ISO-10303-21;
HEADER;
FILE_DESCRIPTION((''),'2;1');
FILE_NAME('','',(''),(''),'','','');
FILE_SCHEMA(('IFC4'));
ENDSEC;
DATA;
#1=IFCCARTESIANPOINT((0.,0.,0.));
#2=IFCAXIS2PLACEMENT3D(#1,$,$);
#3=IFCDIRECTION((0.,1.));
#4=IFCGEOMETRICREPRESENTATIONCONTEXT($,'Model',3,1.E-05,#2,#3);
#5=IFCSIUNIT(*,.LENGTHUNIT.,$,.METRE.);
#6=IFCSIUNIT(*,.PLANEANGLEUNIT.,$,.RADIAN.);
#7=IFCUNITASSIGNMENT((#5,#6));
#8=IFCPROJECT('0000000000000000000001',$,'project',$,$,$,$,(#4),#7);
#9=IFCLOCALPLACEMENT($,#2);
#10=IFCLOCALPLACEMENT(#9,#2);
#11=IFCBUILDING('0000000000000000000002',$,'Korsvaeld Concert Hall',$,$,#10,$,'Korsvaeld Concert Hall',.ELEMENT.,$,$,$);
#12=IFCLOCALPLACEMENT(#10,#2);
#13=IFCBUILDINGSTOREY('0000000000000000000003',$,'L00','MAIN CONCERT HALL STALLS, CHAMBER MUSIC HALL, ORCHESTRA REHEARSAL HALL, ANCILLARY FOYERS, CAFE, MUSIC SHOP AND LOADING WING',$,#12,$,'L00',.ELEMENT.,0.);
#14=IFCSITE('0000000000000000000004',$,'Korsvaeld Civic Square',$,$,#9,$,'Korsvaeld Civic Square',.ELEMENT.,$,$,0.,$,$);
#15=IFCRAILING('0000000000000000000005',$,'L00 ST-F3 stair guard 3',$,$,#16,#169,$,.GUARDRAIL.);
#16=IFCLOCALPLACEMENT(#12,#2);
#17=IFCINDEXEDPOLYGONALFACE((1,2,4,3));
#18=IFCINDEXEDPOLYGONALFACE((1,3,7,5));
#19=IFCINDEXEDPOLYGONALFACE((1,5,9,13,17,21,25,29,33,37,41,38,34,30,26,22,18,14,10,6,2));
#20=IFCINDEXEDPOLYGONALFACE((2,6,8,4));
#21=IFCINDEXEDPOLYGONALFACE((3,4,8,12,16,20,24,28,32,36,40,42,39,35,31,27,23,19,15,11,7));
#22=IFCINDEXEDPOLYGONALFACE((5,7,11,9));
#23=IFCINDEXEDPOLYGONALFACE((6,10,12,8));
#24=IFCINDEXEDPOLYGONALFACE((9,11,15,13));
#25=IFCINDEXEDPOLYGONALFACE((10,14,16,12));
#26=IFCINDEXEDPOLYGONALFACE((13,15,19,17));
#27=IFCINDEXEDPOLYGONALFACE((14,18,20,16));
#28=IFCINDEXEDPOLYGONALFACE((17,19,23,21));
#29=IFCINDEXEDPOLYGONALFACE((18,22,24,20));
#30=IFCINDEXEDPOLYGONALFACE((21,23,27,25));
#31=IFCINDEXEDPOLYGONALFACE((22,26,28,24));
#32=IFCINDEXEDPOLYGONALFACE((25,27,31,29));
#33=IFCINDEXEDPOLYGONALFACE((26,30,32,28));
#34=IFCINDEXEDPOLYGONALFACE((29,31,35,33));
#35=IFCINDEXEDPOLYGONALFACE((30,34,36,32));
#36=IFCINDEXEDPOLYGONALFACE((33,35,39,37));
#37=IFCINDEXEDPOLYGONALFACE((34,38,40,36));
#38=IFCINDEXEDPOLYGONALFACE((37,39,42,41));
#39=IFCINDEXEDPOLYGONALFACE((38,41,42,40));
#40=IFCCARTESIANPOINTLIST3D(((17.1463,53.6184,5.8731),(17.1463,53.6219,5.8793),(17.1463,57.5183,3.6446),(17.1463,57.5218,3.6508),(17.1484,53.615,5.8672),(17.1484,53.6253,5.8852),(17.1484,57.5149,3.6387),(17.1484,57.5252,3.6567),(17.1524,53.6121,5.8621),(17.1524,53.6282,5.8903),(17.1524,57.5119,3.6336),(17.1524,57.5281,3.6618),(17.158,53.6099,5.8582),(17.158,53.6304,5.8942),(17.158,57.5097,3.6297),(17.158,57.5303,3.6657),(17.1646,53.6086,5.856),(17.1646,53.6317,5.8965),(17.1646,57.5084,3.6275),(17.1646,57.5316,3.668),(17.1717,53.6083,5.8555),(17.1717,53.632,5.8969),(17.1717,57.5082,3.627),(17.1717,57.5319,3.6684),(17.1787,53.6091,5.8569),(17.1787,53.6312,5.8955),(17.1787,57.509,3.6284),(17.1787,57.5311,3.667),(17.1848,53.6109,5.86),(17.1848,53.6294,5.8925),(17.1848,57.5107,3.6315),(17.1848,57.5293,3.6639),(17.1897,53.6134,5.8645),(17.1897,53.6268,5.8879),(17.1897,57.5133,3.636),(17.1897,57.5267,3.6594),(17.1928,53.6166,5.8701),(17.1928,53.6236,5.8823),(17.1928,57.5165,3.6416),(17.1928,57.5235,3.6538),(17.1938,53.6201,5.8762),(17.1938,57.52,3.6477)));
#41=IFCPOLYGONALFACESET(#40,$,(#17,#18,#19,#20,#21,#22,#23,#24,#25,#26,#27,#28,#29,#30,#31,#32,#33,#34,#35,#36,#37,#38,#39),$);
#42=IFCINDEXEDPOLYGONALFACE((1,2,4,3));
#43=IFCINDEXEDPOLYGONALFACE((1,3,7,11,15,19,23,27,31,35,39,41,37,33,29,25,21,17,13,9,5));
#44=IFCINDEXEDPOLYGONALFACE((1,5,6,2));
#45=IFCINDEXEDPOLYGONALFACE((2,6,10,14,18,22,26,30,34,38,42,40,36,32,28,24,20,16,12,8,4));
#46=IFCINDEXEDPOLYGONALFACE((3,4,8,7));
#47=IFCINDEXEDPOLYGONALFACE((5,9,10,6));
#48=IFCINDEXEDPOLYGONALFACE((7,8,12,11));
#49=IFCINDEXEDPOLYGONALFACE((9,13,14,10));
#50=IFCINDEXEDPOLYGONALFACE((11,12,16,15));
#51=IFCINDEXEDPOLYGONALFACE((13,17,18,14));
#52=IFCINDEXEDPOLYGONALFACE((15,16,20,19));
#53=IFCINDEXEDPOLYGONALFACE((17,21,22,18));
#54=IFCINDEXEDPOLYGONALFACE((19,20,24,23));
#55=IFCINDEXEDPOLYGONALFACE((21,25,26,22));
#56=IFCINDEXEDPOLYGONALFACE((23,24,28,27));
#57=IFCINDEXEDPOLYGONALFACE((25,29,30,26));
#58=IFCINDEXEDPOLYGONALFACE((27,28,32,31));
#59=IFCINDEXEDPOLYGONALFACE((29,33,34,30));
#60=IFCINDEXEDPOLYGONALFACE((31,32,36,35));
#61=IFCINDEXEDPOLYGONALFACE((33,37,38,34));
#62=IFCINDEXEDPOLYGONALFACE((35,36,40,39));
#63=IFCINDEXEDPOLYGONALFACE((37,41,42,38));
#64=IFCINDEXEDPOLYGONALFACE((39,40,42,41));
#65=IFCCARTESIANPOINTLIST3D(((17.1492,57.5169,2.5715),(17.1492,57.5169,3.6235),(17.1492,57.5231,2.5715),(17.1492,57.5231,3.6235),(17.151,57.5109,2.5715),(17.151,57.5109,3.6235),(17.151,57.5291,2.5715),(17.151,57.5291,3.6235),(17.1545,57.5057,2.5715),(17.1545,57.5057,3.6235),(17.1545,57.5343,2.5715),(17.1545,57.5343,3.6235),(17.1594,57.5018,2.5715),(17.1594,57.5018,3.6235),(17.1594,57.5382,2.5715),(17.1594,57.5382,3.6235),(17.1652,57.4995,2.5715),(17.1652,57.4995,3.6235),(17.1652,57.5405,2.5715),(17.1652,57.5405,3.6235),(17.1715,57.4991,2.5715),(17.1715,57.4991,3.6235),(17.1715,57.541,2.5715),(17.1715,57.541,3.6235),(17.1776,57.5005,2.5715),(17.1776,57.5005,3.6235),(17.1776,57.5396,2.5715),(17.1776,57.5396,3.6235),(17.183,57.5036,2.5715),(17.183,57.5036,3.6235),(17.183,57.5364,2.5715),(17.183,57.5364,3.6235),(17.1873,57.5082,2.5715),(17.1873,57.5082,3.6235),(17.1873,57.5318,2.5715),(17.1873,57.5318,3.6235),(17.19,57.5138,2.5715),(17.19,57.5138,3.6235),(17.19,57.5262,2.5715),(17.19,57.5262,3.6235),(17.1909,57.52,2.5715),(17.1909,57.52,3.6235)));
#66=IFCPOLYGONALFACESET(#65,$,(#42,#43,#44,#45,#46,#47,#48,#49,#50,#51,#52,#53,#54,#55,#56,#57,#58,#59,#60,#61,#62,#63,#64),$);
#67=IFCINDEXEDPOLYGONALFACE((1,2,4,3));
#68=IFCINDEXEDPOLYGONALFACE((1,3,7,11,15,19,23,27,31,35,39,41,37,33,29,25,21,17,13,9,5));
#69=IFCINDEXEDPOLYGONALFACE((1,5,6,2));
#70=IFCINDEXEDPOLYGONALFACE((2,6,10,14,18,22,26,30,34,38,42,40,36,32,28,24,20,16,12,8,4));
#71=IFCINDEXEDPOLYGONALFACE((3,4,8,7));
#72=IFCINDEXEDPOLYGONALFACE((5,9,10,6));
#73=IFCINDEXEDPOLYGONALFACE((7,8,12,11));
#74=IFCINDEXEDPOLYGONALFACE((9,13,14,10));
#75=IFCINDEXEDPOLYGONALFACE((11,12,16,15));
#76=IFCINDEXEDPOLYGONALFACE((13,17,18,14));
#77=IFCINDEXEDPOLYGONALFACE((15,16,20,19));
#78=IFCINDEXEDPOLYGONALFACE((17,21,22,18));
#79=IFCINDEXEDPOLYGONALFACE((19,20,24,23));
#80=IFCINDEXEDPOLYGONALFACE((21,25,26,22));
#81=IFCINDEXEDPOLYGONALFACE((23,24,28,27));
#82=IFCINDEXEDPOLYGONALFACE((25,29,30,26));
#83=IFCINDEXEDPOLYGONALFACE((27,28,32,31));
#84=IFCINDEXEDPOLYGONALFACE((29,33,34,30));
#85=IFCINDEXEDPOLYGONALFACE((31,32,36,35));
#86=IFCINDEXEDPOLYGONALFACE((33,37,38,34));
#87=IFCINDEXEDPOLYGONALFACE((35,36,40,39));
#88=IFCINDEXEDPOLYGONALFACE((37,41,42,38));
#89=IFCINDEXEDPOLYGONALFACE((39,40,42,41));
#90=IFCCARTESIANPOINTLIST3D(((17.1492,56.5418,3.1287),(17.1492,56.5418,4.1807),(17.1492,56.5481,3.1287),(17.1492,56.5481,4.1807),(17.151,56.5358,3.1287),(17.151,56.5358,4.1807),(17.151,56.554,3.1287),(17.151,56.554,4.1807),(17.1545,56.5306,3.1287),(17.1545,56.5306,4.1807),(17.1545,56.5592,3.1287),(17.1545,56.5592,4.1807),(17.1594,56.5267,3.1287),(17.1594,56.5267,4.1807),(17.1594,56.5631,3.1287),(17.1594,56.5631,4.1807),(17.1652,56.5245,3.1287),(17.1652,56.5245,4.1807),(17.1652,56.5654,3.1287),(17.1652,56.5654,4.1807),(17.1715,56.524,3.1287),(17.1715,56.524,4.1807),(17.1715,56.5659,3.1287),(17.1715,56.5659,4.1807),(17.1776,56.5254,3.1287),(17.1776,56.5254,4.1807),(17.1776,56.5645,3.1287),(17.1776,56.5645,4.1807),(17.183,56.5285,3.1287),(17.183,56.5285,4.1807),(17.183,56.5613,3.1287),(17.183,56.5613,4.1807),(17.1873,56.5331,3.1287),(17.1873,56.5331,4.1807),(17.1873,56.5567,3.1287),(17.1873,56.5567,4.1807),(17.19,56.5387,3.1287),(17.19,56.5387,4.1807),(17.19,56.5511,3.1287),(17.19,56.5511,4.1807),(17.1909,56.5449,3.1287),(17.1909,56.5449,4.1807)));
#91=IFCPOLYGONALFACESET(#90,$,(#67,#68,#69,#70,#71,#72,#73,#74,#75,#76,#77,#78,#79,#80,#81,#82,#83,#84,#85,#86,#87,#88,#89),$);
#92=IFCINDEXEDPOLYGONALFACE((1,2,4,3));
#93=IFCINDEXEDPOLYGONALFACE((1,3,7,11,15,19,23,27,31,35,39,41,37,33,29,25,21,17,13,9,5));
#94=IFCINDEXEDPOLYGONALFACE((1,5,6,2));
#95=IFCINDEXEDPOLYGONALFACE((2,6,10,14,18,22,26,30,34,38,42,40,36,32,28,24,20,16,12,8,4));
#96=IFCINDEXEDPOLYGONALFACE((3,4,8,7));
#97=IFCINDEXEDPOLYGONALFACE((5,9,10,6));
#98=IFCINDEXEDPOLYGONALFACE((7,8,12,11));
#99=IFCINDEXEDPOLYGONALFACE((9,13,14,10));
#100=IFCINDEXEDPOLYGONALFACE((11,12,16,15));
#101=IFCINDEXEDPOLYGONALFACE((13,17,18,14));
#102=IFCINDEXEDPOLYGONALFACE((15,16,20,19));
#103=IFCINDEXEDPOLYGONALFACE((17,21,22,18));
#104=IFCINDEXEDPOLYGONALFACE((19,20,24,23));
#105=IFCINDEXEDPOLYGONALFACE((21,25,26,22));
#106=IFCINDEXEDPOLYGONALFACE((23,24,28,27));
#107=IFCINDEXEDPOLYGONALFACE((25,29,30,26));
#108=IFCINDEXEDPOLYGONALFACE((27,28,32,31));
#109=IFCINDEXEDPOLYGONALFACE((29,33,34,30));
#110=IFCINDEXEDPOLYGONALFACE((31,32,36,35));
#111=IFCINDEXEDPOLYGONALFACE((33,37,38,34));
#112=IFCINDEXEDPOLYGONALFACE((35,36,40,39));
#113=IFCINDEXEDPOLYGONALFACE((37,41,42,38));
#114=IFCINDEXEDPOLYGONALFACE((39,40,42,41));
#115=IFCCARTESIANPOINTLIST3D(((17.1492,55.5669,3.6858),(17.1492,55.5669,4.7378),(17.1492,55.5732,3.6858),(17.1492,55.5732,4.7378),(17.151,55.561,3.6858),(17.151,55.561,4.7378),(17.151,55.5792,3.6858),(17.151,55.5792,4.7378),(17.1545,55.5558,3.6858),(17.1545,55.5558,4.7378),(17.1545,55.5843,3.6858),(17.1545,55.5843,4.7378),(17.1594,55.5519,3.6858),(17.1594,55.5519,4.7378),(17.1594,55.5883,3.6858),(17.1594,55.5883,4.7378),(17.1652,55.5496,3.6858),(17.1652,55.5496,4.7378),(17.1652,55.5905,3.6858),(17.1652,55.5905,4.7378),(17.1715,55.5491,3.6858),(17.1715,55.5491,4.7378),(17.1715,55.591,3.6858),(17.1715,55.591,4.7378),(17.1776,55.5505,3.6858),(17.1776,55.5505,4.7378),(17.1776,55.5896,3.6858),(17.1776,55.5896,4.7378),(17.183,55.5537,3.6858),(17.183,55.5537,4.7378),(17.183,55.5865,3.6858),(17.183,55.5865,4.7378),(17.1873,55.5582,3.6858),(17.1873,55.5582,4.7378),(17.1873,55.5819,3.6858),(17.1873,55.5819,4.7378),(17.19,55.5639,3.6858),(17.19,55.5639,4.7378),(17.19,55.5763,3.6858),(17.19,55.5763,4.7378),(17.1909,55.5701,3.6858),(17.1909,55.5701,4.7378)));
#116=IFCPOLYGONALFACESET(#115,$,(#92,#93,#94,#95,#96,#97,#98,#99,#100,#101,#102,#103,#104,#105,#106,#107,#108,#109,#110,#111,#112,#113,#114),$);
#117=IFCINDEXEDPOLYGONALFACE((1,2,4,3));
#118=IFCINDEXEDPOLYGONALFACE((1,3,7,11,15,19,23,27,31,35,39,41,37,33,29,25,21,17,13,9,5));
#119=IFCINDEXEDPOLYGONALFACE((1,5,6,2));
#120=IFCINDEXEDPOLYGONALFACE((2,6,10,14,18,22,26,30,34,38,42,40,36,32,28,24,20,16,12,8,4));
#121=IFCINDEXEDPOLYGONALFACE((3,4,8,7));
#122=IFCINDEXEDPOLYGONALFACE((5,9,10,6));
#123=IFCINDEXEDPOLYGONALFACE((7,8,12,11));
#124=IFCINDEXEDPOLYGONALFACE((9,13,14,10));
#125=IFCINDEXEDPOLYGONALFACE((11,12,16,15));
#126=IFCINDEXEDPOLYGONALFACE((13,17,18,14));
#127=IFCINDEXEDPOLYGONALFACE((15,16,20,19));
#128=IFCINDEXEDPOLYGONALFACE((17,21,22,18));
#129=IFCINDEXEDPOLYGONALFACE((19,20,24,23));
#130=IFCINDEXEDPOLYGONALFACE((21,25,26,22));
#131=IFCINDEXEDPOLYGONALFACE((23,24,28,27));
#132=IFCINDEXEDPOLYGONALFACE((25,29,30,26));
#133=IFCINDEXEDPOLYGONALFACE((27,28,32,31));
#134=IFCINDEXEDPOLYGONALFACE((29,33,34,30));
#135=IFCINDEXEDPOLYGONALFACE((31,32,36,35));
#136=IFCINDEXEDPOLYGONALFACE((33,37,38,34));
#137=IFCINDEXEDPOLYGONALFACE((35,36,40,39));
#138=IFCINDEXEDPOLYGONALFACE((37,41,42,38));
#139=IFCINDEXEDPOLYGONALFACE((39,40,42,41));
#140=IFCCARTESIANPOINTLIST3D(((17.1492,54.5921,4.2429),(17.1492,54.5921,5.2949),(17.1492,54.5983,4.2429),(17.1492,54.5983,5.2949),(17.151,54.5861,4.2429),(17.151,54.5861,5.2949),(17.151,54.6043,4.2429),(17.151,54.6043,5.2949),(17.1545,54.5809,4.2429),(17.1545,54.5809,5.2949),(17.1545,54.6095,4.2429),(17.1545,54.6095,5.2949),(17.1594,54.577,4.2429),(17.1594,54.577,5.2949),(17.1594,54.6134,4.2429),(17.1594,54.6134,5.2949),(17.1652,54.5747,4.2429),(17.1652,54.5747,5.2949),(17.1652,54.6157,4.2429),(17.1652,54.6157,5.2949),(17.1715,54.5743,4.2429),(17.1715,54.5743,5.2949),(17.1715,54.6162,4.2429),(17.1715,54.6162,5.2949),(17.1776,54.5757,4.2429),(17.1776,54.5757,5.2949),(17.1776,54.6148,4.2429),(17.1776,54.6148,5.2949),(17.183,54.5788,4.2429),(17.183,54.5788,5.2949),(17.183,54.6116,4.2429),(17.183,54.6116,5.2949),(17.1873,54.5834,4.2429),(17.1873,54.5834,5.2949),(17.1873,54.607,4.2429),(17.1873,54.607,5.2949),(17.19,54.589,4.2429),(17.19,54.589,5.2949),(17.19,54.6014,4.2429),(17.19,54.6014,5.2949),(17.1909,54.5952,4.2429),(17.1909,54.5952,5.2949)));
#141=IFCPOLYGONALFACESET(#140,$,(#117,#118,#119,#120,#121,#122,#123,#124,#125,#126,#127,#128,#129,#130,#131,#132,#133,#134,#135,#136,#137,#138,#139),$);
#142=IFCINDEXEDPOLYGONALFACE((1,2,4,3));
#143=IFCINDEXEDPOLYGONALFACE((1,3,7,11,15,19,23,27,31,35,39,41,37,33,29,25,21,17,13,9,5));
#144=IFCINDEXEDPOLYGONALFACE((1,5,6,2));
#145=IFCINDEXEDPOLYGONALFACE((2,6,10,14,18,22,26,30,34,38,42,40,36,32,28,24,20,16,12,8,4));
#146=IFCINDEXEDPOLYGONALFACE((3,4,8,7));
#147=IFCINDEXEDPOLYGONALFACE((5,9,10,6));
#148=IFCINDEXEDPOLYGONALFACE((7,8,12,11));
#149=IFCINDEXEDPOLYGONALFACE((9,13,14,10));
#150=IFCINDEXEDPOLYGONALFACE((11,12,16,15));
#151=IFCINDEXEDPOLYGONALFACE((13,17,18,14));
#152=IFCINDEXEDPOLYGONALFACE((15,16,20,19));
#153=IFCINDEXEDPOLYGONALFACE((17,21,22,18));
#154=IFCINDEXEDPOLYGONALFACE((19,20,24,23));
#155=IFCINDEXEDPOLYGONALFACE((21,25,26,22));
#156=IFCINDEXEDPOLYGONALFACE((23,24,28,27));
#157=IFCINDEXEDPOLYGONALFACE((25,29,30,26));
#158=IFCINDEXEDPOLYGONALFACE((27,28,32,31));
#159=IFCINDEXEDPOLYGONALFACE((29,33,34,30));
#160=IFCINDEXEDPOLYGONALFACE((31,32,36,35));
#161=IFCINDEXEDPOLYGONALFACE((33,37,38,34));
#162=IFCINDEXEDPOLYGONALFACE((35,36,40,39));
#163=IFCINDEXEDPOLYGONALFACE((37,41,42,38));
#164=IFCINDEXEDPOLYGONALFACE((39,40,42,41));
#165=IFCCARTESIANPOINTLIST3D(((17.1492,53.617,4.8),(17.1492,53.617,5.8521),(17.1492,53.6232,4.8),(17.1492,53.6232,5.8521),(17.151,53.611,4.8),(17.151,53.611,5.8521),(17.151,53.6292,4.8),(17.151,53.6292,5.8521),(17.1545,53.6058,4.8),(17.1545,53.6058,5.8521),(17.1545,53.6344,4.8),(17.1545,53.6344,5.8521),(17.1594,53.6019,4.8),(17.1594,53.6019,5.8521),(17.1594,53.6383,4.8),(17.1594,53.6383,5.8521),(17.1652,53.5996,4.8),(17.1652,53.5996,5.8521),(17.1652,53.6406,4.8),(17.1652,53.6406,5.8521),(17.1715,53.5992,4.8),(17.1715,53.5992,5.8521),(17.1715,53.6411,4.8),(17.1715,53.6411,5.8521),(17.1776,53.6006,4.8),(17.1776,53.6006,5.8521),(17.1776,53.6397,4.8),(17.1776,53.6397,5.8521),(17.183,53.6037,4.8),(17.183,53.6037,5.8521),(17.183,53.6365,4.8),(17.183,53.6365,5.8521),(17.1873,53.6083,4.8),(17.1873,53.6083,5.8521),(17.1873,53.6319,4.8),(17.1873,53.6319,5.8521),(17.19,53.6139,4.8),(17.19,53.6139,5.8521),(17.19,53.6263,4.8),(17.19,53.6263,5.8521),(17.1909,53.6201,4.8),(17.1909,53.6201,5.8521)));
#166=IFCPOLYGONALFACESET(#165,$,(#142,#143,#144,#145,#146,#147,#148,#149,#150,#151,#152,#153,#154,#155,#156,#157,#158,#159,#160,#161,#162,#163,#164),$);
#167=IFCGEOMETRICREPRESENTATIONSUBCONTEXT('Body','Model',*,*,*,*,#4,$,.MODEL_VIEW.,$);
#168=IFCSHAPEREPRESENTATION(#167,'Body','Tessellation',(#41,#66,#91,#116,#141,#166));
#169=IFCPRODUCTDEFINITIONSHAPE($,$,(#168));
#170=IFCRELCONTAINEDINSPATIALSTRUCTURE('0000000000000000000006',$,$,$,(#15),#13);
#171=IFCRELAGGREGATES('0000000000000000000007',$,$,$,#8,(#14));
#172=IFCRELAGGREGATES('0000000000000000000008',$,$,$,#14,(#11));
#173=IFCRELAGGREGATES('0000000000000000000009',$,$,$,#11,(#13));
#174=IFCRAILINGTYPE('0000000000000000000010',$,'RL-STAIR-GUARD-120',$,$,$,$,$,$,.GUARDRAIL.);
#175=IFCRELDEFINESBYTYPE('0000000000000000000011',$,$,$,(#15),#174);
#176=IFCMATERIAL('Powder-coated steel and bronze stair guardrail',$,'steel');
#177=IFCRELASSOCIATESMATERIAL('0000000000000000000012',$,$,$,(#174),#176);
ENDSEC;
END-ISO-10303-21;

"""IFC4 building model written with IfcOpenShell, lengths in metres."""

from ifc_helpers import new_model, si_unit, direction, frame, origin, origin_2d, place, context, subcontext, project, spatial, circle, extrude, material, type_object, element, save


model = new_model("IFC4")

# Units and contexts
model_context = context("Model", 3, precision=1e-05, world=origin(), true_north=direction((0.0, 1.0)))
body_context = subcontext(model_context, "Body", "Model", "MODEL_VIEW")
ifc_project = project(units=[si_unit("LENGTHUNIT", "METRE"), si_unit("PLANEANGLEUNIT", "RADIAN")], contexts=[model_context])

# Site, building, storey
site_placement = place(None, origin())
site = spatial("IfcSite", under=ifc_project, at=site_placement, Name="Korsvaeld Civic Square", LongName="Korsvaeld Civic Square", CompositionType="ELEMENT", RefElevation=0.0)
building_placement = place(site_placement, origin())
building = spatial("IfcBuilding", under=site, at=building_placement, Name="Korsvaeld Concert Hall", LongName="Korsvaeld Concert Hall", CompositionType="ELEMENT")
storey_placement = place(building_placement, origin())
storey = spatial("IfcBuildingStorey", under=building, at=storey_placement, Name="L00", Description="MAIN CONCERT HALL STALLS, CHAMBER MUSIC HALL, ORCHESTRA REHEARSAL HALL, ANCILLARY FOYERS, CAFE, MUSIC SHOP AND LOADING WING", LongName="L00", CompositionType="ELEMENT", Elevation=0.0)

# Railing
ifc_material_1 = material(Name="Powder-coated steel and bronze stair guardrail", Category="steel")
railing_type_1 = type_object("IfcRailingType", Name="RL-STAIR-GUARD-120", PredefinedType="GUARDRAIL", material=ifc_material_1)
railing_1_placement = place(storey_placement, frame((17.1699, 57.52, 2.5715)))
element("IfcRailing", 1, at=railing_1_placement, inside=storey, type_object=railing_type_1, Name="L00 ST-F3 stair guard 3", PredefinedType="GUARDRAIL", context=body_context, shape_type="SweptSolid", body=[
    extrude(circle(Radius=0.0239, at=origin_2d()), frame((0.0, 0.0, 1.0762), z_axis=(0.0, -0.868243, 0.496139), x_axis=(1.0, 0.0, 0.0)), (0.0, 0.0, 1.0), 4.4917),
    extrude(circle(Radius=0.021, at=origin_2d()), origin(), (0.0, 0.0, 1.0), 1.052),
    extrude(circle(Radius=0.021, at=origin_2d()), frame((0.0, -0.9751, 0.5571)), (0.0, 0.0, 1.0), 1.052),
    extrude(circle(Radius=0.021, at=origin_2d()), frame((0.0, -1.95, 1.1143)), (0.0, 0.0, 1.0), 1.052),
    extrude(circle(Radius=0.021, at=origin_2d()), frame((0.0, -2.9248, 1.6714)), (0.0, 0.0, 1.0), 1.052),
    extrude(circle(Radius=0.021, at=origin_2d()), frame((0.0, -3.8999, 2.2285)), (0.0, 0.0, 1.0), 1.052),
])

save(model, "model.ifc")
